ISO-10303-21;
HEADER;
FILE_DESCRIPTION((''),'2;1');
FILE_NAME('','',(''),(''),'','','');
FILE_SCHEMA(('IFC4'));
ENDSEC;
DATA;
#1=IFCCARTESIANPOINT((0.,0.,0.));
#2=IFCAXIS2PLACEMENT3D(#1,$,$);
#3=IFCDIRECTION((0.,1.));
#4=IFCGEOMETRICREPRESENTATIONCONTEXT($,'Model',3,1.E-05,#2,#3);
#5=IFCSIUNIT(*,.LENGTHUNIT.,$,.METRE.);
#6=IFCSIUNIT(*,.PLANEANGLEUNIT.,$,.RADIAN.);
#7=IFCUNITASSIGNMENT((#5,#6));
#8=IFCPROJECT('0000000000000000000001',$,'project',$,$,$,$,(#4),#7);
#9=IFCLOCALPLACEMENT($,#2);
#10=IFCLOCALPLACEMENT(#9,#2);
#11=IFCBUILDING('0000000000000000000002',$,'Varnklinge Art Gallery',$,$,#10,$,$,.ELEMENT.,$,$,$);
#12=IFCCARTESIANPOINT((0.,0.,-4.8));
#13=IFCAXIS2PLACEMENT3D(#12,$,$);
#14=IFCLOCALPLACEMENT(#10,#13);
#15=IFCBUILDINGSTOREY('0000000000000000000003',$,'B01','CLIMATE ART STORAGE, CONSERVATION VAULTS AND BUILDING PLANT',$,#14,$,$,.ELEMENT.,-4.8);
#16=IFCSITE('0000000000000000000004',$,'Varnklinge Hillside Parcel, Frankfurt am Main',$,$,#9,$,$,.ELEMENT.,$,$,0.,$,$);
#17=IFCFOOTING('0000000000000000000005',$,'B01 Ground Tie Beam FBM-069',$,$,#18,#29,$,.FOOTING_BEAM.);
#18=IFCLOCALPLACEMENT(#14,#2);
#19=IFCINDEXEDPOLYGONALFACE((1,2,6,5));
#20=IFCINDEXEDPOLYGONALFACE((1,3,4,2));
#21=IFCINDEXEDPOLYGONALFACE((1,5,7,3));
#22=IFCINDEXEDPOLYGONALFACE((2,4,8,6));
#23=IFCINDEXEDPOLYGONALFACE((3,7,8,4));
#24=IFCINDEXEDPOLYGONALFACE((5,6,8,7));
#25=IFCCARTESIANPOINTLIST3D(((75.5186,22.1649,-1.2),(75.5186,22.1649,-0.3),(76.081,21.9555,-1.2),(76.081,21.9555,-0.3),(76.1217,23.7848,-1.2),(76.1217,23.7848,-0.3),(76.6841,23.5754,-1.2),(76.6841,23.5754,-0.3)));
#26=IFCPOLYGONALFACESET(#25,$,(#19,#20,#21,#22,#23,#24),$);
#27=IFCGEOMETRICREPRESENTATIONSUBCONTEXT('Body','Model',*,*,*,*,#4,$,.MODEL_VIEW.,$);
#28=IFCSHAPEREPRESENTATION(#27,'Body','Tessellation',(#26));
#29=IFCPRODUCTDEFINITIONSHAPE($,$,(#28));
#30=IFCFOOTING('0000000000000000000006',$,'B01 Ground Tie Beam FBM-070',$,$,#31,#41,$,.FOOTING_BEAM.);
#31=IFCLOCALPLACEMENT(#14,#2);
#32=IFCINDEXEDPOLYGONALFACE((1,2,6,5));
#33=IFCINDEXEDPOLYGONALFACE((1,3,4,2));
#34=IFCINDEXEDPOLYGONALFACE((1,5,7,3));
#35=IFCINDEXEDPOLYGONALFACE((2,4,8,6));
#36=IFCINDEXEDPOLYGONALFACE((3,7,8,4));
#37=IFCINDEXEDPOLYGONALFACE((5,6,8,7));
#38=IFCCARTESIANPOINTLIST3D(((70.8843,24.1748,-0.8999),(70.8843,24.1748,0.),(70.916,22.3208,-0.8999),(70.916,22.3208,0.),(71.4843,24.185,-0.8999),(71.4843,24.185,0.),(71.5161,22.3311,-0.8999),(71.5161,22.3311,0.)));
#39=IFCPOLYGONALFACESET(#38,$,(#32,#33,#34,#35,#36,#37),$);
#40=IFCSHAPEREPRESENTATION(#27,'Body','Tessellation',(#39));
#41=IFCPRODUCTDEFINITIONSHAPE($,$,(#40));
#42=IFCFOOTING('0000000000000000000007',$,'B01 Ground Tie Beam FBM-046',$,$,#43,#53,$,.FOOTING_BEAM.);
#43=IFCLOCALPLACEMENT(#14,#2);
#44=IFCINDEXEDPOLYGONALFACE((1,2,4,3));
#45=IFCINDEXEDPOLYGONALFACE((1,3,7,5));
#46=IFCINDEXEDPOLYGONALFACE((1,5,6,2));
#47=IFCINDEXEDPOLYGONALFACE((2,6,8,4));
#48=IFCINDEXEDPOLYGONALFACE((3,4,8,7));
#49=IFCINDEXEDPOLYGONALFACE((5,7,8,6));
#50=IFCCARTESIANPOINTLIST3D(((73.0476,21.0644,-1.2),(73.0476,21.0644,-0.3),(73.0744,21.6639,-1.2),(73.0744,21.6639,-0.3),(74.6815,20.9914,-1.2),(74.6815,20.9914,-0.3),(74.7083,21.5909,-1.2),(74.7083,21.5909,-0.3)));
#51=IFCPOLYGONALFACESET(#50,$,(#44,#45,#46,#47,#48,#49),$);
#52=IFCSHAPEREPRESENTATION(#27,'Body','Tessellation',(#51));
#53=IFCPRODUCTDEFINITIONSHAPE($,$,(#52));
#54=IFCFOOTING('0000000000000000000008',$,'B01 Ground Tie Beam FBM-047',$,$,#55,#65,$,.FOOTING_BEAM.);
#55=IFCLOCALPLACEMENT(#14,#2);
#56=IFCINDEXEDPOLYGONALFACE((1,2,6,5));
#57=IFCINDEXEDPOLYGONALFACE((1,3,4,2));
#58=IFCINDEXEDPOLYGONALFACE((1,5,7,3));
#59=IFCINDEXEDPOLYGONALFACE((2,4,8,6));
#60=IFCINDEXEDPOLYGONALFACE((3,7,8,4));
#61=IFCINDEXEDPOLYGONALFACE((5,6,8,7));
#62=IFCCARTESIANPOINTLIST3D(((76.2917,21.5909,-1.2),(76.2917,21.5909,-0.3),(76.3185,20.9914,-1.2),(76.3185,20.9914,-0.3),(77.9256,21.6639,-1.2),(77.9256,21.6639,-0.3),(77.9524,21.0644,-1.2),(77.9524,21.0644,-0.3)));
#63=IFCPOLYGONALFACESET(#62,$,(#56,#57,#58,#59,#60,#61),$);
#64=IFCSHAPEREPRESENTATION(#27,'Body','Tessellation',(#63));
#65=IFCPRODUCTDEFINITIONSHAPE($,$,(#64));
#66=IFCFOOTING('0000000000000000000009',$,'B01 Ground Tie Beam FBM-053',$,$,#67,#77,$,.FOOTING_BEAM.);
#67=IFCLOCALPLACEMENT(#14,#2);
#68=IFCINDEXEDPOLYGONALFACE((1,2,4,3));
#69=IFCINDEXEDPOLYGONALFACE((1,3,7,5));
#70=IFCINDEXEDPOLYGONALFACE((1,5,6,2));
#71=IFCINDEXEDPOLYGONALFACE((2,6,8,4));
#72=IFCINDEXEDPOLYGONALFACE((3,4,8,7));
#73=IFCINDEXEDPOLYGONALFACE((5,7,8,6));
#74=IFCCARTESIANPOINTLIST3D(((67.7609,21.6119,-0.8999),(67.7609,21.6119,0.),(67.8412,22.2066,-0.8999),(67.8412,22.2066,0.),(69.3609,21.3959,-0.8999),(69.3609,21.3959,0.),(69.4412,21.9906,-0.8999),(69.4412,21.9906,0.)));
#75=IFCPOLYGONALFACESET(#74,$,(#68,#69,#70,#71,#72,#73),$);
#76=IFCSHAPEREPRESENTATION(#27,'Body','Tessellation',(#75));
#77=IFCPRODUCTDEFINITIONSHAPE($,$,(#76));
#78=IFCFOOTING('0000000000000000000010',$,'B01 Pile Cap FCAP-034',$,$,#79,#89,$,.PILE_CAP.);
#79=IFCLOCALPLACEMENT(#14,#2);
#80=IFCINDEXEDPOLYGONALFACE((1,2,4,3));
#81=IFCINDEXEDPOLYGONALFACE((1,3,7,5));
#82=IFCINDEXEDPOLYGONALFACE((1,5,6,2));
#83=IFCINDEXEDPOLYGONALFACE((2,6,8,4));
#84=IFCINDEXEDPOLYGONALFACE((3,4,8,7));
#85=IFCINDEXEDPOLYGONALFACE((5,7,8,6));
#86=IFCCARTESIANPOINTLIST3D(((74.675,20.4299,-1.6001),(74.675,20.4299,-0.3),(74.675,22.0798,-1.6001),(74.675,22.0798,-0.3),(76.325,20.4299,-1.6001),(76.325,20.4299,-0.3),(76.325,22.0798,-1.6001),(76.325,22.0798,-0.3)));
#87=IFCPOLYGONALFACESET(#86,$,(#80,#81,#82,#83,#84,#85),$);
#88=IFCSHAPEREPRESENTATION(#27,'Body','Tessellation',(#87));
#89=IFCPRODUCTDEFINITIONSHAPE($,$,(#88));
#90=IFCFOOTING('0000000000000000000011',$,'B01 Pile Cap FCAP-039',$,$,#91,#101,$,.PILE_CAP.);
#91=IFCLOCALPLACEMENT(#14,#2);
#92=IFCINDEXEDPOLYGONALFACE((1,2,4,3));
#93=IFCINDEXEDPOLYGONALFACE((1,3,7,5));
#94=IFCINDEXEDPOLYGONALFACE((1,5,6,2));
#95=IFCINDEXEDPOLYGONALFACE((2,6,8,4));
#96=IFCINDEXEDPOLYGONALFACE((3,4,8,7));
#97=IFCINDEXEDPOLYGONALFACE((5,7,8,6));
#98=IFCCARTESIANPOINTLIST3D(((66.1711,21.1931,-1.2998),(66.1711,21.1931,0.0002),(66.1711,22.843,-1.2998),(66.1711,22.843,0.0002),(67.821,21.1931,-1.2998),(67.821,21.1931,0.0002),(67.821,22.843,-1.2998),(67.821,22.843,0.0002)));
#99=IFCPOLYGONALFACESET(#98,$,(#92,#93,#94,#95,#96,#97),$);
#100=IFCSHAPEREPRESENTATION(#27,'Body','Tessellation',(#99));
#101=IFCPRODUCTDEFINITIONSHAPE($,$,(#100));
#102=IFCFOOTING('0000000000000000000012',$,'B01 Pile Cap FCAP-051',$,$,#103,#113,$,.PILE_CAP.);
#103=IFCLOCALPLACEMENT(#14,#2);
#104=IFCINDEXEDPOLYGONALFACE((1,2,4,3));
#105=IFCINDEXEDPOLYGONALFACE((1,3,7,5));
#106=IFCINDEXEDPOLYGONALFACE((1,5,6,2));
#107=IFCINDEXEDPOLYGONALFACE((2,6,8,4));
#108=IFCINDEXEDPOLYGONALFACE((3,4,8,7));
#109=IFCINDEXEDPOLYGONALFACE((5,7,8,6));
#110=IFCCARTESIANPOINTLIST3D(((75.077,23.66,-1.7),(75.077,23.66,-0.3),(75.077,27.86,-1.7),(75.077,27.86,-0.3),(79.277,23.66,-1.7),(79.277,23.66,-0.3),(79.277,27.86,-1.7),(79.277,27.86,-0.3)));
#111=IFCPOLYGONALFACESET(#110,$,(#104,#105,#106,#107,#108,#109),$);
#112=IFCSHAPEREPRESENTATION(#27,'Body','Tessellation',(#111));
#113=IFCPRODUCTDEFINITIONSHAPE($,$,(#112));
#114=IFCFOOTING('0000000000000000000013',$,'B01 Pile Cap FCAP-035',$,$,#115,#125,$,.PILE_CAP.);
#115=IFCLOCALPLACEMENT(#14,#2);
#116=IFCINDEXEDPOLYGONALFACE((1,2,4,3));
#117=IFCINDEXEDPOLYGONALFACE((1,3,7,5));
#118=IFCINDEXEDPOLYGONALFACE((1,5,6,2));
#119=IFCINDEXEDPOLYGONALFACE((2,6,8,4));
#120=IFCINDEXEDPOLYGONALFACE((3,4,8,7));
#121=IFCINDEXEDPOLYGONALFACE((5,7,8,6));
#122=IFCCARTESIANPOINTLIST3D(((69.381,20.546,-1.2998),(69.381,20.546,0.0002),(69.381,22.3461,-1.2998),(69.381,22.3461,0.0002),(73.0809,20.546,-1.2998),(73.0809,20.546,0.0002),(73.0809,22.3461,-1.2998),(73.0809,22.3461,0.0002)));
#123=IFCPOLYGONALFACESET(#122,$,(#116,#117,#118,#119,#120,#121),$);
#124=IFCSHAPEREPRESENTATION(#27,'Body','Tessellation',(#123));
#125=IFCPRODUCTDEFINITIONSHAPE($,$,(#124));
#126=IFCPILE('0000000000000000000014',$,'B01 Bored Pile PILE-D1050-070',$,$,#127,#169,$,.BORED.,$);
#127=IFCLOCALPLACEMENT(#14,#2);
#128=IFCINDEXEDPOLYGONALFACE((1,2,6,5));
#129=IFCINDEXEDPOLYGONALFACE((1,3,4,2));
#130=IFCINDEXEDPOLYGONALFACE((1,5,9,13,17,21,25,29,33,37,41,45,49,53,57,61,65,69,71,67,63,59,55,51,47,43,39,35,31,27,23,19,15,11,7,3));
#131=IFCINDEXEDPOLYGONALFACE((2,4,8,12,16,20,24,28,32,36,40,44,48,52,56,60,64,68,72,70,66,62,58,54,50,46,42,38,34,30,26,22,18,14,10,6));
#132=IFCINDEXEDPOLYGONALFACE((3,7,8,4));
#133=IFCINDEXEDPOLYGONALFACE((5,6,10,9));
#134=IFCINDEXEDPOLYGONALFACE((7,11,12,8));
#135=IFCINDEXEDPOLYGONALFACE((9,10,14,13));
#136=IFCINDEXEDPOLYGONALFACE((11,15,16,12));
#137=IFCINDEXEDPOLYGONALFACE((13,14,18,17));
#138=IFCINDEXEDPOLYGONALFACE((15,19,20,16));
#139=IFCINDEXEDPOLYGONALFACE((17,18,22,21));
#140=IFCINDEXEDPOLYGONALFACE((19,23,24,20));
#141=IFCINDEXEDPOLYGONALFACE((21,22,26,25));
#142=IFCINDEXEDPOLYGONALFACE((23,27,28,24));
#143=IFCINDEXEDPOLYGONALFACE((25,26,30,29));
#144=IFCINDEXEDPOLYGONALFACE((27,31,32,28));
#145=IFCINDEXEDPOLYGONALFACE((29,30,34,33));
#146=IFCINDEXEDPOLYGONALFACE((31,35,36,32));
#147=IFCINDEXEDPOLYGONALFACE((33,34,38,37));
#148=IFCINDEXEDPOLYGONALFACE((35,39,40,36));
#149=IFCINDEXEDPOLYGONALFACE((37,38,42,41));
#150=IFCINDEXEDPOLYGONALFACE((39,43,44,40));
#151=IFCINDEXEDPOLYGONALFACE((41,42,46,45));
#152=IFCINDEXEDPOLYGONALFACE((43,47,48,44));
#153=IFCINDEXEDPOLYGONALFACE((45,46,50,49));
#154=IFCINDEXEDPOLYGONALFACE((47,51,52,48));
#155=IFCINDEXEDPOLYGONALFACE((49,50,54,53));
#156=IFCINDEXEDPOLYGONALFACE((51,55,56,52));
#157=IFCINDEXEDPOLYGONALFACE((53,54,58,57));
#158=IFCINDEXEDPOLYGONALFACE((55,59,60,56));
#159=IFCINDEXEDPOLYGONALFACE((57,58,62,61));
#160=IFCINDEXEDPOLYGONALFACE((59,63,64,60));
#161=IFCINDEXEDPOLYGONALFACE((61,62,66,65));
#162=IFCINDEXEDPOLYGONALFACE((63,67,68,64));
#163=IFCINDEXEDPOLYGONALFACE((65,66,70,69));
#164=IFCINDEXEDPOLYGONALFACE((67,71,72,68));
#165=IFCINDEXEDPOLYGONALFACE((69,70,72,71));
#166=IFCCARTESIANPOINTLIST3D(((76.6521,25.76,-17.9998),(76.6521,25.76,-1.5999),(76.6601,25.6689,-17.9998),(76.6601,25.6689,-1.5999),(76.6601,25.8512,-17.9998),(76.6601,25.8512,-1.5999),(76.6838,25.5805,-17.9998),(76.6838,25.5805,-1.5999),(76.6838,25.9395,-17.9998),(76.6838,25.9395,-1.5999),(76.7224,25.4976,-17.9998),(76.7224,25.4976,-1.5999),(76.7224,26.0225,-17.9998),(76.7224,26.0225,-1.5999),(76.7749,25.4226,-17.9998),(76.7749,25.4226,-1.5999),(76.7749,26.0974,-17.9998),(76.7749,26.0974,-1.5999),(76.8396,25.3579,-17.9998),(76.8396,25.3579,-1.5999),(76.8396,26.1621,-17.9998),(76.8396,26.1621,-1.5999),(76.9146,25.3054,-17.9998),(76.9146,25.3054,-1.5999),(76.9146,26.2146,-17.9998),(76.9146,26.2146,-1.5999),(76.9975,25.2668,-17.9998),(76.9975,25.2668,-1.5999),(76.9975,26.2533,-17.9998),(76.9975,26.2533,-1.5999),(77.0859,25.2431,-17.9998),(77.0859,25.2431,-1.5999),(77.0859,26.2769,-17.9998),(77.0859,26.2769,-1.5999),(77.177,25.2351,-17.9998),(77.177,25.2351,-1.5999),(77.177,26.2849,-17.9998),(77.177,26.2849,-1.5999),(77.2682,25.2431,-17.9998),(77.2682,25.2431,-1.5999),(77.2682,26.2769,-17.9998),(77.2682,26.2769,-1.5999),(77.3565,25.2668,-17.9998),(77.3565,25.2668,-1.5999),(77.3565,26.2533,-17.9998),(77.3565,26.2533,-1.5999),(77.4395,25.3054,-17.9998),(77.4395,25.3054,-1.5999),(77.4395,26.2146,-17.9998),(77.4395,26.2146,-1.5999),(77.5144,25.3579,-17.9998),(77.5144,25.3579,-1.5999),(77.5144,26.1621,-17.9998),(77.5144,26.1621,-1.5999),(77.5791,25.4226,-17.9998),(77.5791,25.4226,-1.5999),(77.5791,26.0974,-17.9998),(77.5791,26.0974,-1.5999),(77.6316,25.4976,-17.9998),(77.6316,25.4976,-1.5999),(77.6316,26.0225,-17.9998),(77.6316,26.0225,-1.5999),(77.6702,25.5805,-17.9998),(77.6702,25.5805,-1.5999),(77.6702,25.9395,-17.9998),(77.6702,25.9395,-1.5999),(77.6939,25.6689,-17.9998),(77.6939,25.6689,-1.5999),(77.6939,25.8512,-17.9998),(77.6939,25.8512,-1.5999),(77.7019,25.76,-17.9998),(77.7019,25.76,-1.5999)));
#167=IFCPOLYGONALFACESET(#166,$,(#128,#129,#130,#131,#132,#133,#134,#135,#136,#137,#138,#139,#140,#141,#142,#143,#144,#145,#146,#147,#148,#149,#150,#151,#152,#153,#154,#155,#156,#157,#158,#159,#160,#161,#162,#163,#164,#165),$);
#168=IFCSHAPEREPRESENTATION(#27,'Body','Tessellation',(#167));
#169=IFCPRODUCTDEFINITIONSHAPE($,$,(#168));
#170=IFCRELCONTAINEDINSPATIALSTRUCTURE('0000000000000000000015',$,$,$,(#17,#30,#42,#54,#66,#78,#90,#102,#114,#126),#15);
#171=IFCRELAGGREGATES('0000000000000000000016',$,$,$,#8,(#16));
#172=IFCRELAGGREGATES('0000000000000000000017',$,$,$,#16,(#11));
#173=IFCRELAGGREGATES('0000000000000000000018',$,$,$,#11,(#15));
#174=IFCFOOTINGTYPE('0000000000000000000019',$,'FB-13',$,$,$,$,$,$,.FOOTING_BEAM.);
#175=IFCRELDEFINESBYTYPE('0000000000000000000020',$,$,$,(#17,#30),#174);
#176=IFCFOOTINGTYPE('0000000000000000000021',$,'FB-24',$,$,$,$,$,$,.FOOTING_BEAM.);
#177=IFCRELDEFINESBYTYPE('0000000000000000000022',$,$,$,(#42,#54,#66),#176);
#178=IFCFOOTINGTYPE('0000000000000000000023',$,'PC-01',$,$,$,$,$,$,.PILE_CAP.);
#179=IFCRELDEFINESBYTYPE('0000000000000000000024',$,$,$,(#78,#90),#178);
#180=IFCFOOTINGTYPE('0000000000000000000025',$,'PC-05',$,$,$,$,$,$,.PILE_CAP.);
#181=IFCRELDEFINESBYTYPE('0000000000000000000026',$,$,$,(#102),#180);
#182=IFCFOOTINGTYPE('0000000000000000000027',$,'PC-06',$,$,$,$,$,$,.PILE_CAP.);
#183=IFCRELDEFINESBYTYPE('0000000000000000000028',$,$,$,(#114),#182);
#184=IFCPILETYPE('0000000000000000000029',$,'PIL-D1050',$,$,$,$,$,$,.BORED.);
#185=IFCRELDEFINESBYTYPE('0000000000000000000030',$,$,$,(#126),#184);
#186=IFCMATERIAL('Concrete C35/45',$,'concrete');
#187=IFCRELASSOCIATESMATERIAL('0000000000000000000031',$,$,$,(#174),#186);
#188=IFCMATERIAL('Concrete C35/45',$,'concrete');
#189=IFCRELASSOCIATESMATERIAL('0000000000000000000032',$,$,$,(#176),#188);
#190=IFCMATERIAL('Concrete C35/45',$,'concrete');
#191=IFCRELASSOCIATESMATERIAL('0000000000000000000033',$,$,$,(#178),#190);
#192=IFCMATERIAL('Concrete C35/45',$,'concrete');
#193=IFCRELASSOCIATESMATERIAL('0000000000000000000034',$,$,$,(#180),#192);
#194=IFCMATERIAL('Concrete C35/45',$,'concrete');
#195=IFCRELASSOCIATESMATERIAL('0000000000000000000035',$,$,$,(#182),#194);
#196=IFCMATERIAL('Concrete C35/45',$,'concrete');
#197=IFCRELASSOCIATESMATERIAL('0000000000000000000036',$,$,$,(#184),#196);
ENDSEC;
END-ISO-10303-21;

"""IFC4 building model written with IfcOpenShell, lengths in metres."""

from ifc_helpers import new_model, si_unit, direction, frame, origin, origin_2d, place, context, subcontext, project, spatial, rectangle, circle, extrude, material, material_profile, profile_set, type_object, element, save


model = new_model("IFC4")

# Units and contexts
model_context = context("Model", 3, precision=1e-05, world=origin(), true_north=direction((0.0, 1.0)))
body_context = subcontext(model_context, "Body", "Model", "MODEL_VIEW")
ifc_project = project(units=[si_unit("LENGTHUNIT", "METRE"), si_unit("PLANEANGLEUNIT", "RADIAN")], contexts=[model_context])

# Site, building, storey
site_placement = place(None, origin())
site = spatial("IfcSite", under=ifc_project, at=site_placement, Name="Varnklinge Hillside Parcel, Frankfurt am Main", CompositionType="ELEMENT", RefElevation=0.0)
building_placement = place(site_placement, origin())
building = spatial("IfcBuilding", under=site, at=building_placement, Name="Varnklinge Art Gallery", CompositionType="ELEMENT")
storey_placement = place(building_placement, frame((0.0, 0.0, -4.8)))
storey = spatial("IfcBuildingStorey", under=building, at=storey_placement, Name="B01", Description="CLIMATE ART STORAGE, CONSERVATION VAULTS AND BUILDING PLANT", CompositionType="ELEMENT", Elevation=-4.8)

# Footings
ifc_material_1 = material(Name="Concrete C35/45", Category="concrete")
footing_type_1 = type_object("IfcFootingType", Name="FB-13", PredefinedType="FOOTING_BEAM", material=ifc_material_1)
footing_1_placement = place(storey_placement, frame((76.1013, 22.8701, -1.2), z_axis=(0.0, 0.0, 1.0), x_axis=(-0.348899, -0.93716, 0.0)))
element("IfcFooting", 1, at=footing_1_placement, inside=storey, type_object=footing_type_1, Name="B01 Ground Tie Beam FBM-069", PredefinedType="FOOTING_BEAM", context=body_context, shape_type="SweptSolid", body=[
    extrude(rectangle(XDim=1.7285, YDim=0.6001, at=origin_2d()), origin(), (0.0, 0.0, 1.0), 0.8999),
])
footing_2_placement = place(storey_placement, frame((71.2002, 23.2529, -0.8999), z_axis=(0.0, 0.0, 1.0), x_axis=(0.017103, -0.999854, 0.0)))
element("IfcFooting", 2, at=footing_2_placement, inside=storey, type_object=footing_type_1, Name="B01 Ground Tie Beam FBM-070", PredefinedType="FOOTING_BEAM", context=body_context, shape_type="SweptSolid", body=[
    extrude(rectangle(XDim=1.8542, YDim=0.6001, at=origin_2d()), origin(), (0.0, 0.0, 1.0), 0.8999),
])
ifc_material_2 = material(Name="Concrete C35/45", Category="concrete")
footing_type_2 = type_object("IfcFootingType", Name="FB-24", PredefinedType="FOOTING_BEAM", material=ifc_material_2)
for number, where, z_axis, x_axis, name in (
    (3, (73.8779, 21.3276, -1.2), (0.0, 0.0, 1.0), (-0.999002, 0.044666, 0.0), "B01 Ground Tie Beam FBM-046"),
    (4, (77.1221, 21.3276, -1.2), (0.0, 0.0, 1.0), (0.999002, 0.044666, 0.0), "B01 Ground Tie Beam FBM-047"),
):
    element("IfcFooting", number, at=place(storey_placement, frame(where, z_axis=z_axis, x_axis=x_axis)), inside=storey, type_object=footing_type_2, Name=name, PredefinedType="FOOTING_BEAM", context=body_context, shape_type="SweptSolid", body=[
        extrude(rectangle(XDim=1.6355, YDim=0.6001, at=origin_2d()), origin(), (0.0, 0.0, 1.0), 0.8999),
    ])
footing_3_placement = place(storey_placement, frame((68.6011, 21.8013, -0.8999), z_axis=(0.0, 0.0, 1.0), x_axis=(0.991007, -0.133813, 0.0)))
element("IfcFooting", 5, at=footing_3_placement, inside=storey, type_object=footing_type_2, Name="B01 Ground Tie Beam FBM-053", PredefinedType="FOOTING_BEAM", context=body_context, shape_type="SweptSolid", body=[
    extrude(rectangle(XDim=1.6145, YDim=0.6001, at=origin_2d()), origin(), (0.0, 0.0, 1.0), 0.8999),
])
ifc_material_3 = material(Name="Concrete C35/45", Category="concrete")
footing_type_3 = type_object("IfcFootingType", Name="PC-01", PredefinedType="PILE_CAP", material=ifc_material_3)
for number, where, z_axis, x_axis, name in (
    (6, (75.5, 21.2549, -1.6001), (0.0, 0.0, 1.0), (1.0, 0.0, 0.0), "B01 Pile Cap FCAP-034"),
    (7, (66.9961, 22.0181, -1.2998), (0.0, 0.0, 1.0), (1.0, 0.0, 0.0), "B01 Pile Cap FCAP-039"),
):
    element("IfcFooting", number, at=place(storey_placement, frame(where, z_axis=z_axis, x_axis=x_axis)), inside=storey, type_object=footing_type_3, Name=name, PredefinedType="PILE_CAP", context=body_context, shape_type="SweptSolid", body=[
        extrude(rectangle(XDim=1.6499, YDim=1.6499, at=origin_2d()), origin(), (0.0, 0.0, 1.0), 1.3),
    ])
ifc_material_4 = material(Name="Concrete C35/45", Category="concrete")
footing_type_4 = type_object("IfcFootingType", Name="PC-05", PredefinedType="PILE_CAP", material=ifc_material_4)
footing_4_placement = place(storey_placement, frame((77.177, 25.76, -1.7), z_axis=(0.0, 0.0, 1.0), x_axis=(1.0, 0.0, 0.0)))
element("IfcFooting", 8, at=footing_4_placement, inside=storey, type_object=footing_type_4, Name="B01 Pile Cap FCAP-051", PredefinedType="PILE_CAP", context=body_context, shape_type="SweptSolid", body=[
    extrude(rectangle(XDim=4.2, YDim=4.2, at=origin_2d()), origin(), (0.0, 0.0, 1.0), 1.3999),
])
ifc_material_5 = material(Name="Concrete C35/45", Category="concrete")
footing_type_5 = type_object("IfcFootingType", Name="PC-06", PredefinedType="PILE_CAP", material=ifc_material_5)
footing_5_placement = place(storey_placement, frame((71.231, 21.446, -1.2998), z_axis=(0.0, 0.0, 1.0), x_axis=(1.0, 0.0, 0.0)))
element("IfcFooting", 9, at=footing_5_placement, inside=storey, type_object=footing_type_5, Name="B01 Pile Cap FCAP-035", PredefinedType="PILE_CAP", context=body_context, shape_type="SweptSolid", body=[
    extrude(rectangle(XDim=3.7, YDim=1.8, at=origin_2d()), origin(), (0.0, 0.0, 1.0), 1.3),
])

# Pile
ifc_material_6 = material(Name="Concrete C35/45", Category="concrete")
ifc_material_profile_1 = material_profile(ifc_material_6, circle(Radius=0.5249, at=origin_2d()), Name="PILE D1050")
ifc_profile_set_1 = profile_set([ifc_material_profile_1], Name="Concrete C35/45")
pile_type_1 = type_object("IfcPileType", Name="PIL-D1050", PredefinedType="BORED", material=ifc_profile_set_1)
pile_1_placement = place(storey_placement, frame((77.177, 25.76, -1.5999), z_axis=(0.0, 0.0, -1.0), x_axis=(1.0, 0.0, 0.0)))
element("IfcPile", 10, at=pile_1_placement, inside=storey, type_object=pile_type_1, Name="B01 Bored Pile PILE-D1050-070", PredefinedType="BORED", context=body_context, shape_type="SweptSolid", body=[
    extrude(circle(Radius=0.5249, at=origin_2d()), origin(), (0.0, 0.0, 1.0), 16.3999),
])

save(model, "model.ifc")
